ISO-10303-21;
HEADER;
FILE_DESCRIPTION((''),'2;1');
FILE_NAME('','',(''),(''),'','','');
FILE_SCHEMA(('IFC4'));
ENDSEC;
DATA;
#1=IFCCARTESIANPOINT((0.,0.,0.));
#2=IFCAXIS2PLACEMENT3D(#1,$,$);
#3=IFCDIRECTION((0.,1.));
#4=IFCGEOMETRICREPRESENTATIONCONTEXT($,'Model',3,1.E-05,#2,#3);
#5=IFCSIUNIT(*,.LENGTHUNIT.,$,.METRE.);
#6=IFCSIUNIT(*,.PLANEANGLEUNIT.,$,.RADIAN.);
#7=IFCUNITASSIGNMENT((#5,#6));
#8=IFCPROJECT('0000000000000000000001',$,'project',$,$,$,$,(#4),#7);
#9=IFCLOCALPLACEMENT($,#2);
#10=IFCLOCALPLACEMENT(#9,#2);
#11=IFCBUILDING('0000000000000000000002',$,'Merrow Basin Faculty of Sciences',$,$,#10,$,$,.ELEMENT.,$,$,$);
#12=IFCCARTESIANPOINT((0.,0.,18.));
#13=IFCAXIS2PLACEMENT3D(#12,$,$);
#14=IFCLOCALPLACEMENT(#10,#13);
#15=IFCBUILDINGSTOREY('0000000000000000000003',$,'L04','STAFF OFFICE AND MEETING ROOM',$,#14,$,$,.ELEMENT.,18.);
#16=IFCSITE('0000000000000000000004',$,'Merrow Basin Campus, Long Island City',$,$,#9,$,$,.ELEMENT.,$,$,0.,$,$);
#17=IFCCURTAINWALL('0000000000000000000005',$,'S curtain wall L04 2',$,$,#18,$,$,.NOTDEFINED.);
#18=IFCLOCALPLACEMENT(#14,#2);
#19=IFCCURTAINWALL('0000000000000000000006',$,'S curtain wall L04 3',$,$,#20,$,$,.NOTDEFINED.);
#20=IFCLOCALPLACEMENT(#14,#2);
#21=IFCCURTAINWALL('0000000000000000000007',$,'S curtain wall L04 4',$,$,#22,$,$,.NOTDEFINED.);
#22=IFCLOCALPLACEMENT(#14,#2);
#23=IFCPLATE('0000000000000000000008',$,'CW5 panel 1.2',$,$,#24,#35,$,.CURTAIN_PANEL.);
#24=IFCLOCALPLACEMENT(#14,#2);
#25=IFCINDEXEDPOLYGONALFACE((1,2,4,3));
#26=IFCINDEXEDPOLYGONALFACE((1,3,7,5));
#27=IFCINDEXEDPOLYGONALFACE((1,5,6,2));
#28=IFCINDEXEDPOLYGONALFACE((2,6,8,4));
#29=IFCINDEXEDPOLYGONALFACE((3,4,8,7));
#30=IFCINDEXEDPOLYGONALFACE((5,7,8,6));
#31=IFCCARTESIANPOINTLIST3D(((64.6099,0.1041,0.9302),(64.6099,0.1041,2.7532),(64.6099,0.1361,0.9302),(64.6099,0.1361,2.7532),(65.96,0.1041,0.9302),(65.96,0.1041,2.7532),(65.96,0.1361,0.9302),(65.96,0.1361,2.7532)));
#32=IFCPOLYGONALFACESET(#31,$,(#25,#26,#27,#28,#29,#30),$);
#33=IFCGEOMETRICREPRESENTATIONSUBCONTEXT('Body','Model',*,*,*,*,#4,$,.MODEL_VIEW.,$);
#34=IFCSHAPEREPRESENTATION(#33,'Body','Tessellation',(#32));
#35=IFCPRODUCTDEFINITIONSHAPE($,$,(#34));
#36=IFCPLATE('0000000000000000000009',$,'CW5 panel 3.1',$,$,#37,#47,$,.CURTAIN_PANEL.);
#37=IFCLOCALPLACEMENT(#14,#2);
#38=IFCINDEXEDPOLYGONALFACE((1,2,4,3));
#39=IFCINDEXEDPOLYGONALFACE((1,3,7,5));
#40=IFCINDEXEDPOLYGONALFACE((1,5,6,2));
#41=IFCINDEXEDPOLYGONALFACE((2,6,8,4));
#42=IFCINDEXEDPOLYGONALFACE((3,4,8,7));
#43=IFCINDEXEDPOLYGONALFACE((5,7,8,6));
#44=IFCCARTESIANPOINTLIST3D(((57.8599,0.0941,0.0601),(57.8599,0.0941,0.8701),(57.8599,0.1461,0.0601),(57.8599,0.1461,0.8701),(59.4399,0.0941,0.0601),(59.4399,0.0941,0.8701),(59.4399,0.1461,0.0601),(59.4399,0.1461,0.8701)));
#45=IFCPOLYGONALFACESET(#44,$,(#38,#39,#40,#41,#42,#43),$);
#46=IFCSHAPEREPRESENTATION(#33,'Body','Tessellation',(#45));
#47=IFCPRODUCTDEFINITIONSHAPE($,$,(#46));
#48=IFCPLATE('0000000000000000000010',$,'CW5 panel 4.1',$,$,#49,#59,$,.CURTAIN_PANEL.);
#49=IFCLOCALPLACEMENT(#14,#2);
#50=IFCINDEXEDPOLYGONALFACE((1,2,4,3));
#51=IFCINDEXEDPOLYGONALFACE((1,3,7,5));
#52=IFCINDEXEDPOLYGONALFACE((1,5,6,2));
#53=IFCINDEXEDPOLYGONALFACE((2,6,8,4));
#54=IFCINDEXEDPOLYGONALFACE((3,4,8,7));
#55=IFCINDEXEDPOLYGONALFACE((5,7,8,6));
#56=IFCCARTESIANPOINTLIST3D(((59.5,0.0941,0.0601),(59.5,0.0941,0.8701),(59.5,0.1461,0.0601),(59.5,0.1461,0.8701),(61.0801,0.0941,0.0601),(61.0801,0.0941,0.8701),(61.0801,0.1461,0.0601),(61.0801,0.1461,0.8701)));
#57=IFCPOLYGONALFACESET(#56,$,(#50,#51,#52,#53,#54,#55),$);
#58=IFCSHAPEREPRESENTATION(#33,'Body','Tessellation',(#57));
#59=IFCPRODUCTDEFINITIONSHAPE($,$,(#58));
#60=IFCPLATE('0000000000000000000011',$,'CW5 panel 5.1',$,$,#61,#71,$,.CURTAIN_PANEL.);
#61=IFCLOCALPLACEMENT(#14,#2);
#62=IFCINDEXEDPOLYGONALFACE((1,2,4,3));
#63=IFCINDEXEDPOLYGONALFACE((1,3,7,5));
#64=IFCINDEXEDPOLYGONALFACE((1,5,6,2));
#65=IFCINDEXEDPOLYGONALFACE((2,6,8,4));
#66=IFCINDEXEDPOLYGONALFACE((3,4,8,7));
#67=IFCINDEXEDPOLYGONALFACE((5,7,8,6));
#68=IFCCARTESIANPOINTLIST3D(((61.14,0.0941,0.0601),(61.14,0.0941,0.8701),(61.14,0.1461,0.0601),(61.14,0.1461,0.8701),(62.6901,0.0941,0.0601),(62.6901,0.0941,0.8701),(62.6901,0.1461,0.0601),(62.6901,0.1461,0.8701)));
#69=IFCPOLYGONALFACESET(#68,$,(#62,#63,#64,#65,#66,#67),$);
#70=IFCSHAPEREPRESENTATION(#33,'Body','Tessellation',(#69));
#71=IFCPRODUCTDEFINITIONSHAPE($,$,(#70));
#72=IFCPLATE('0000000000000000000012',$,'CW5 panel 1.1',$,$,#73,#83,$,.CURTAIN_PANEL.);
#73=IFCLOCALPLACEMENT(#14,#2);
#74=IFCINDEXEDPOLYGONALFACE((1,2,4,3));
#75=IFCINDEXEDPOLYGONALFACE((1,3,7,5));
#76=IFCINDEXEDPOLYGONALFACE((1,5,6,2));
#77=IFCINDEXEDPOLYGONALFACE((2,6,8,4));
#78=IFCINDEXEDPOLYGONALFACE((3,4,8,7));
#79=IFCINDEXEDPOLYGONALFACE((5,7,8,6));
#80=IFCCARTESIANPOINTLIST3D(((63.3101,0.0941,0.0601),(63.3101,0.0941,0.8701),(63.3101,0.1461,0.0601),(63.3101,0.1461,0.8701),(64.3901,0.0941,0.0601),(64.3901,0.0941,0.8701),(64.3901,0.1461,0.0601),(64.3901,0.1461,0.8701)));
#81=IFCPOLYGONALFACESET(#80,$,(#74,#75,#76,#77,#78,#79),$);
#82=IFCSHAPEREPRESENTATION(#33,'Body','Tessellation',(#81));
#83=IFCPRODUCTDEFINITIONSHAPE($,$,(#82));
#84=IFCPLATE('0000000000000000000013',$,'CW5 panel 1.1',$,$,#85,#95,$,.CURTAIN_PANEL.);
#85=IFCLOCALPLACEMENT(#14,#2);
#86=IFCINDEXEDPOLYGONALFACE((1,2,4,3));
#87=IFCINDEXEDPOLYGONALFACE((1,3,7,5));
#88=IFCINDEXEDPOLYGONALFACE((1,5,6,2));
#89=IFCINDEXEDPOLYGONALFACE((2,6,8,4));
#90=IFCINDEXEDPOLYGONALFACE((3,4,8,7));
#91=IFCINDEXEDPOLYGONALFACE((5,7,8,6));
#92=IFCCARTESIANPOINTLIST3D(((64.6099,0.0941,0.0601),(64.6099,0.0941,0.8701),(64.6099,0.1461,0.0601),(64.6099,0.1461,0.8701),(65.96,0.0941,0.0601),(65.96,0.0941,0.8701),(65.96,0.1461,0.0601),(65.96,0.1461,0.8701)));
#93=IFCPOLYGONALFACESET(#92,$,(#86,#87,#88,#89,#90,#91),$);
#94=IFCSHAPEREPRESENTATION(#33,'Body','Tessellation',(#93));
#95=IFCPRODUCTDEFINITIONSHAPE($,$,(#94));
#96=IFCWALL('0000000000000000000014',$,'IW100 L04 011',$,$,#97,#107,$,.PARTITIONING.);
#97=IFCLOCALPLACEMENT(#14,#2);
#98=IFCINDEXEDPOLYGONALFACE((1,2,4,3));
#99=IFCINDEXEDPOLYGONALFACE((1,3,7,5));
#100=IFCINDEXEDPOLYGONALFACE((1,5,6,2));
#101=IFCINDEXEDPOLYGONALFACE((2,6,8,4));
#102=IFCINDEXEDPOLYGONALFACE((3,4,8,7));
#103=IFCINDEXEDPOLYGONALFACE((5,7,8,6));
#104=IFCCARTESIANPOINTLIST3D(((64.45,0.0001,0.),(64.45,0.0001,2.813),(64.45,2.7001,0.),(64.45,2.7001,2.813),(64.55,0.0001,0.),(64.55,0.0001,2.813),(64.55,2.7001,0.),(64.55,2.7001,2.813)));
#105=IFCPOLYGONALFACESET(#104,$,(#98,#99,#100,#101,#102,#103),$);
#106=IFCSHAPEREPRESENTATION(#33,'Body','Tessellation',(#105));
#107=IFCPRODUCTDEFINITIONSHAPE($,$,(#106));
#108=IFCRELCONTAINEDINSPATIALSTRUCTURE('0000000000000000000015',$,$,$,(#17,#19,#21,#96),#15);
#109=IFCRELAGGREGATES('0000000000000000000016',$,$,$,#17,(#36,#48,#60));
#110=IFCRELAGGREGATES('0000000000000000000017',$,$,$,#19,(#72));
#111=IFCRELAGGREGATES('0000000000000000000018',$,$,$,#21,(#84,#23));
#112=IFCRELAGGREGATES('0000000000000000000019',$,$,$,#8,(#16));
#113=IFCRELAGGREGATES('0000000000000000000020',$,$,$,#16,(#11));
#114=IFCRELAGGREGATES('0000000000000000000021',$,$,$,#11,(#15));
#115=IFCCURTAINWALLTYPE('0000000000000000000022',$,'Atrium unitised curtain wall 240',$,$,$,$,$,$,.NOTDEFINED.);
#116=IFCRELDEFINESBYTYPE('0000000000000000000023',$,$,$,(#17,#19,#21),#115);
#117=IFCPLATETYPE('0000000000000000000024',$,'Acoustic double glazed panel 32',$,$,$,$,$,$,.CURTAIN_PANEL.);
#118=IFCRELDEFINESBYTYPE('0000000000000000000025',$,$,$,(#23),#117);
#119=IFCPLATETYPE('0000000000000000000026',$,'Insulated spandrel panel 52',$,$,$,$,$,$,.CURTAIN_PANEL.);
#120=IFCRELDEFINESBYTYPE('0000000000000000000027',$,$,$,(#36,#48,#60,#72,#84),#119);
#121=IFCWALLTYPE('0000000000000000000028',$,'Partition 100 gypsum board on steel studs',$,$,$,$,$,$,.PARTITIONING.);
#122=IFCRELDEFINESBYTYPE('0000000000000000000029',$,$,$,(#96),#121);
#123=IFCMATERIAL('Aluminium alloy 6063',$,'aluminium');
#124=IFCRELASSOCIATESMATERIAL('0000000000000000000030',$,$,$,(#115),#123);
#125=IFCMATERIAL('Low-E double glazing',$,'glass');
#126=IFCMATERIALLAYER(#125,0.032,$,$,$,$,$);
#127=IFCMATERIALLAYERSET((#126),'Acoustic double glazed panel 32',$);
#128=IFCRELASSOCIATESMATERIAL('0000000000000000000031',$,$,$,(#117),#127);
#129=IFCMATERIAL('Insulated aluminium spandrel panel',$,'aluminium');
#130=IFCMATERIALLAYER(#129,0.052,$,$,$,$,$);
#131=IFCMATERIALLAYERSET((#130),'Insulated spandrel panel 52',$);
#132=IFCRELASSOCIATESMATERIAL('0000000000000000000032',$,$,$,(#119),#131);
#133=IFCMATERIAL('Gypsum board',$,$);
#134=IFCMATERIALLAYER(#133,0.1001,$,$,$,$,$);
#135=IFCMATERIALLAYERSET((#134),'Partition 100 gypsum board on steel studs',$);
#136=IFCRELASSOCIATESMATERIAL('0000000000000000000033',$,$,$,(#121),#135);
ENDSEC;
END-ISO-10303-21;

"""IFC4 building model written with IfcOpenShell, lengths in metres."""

from ifc_helpers import new_model, si_unit, direction, frame, frame_2d, origin, origin_2d, place, context, subcontext, project, spatial, rectangle, extrude, material, layer, layer_set, type_object, element, aggregate, save


model = new_model("IFC4")

# Units and contexts
model_context = context("Model", 3, precision=1e-05, world=origin(), true_north=direction((0.0, 1.0)))
body_context = subcontext(model_context, "Body", "Model", "MODEL_VIEW")
ifc_project = project(units=[si_unit("LENGTHUNIT", "METRE"), si_unit("PLANEANGLEUNIT", "RADIAN")], contexts=[model_context])

# Site, building, storey
site_placement = place(None, origin())
site = spatial("IfcSite", under=ifc_project, at=site_placement, Name="Merrow Basin Campus, Long Island City", CompositionType="ELEMENT", RefElevation=0.0)
building_placement = place(site_placement, origin())
building = spatial("IfcBuilding", under=site, at=building_placement, Name="Merrow Basin Faculty of Sciences", CompositionType="ELEMENT")
storey_placement = place(building_placement, frame((0.0, 0.0, 18.0)))
storey = spatial("IfcBuildingStorey", under=building, at=storey_placement, Name="L04", Description="STAFF OFFICE AND MEETING ROOM", CompositionType="ELEMENT", Elevation=18.0)

# Curtain walls
ifc_material_1 = material(Name="Aluminium alloy 6063", Category="aluminium")
curtain_wall_type = type_object("IfcCurtainWallType", Name="Atrium unitised curtain wall 240", PredefinedType="NOTDEFINED", material=ifc_material_1)
curtain_wall_1_placement = place(storey_placement, origin())
curtain_wall_1 = element("IfcCurtainWall", 1, at=curtain_wall_1_placement, inside=storey, type_object=curtain_wall_type, Name="S curtain wall L04 2", PredefinedType="NOTDEFINED")
curtain_wall_2_placement = place(storey_placement, origin())
curtain_wall_2 = element("IfcCurtainWall", 2, at=curtain_wall_2_placement, inside=storey, type_object=curtain_wall_type, Name="S curtain wall L04 3", PredefinedType="NOTDEFINED")

# Curtain wall
curtain_wall_3_placement = place(storey_placement, origin())
curtain_wall_3 = element("IfcCurtainWall", 3, at=curtain_wall_3_placement, inside=storey, type_object=curtain_wall_type, Name="S curtain wall L04 4", PredefinedType="NOTDEFINED")

# Plates
ifc_material_2 = material(Name="Low-E double glazing", Category="glass")
ifc_layer_1 = layer(ifc_material_2, 0.032)
ifc_layer_set_1 = layer_set([ifc_layer_1], Name="Acoustic double glazed panel 32")
plate_type_1 = type_object("IfcPlateType", Name="Acoustic double glazed panel 32", PredefinedType="CURTAIN_PANEL", material=ifc_layer_set_1)
plate_1_placement = place(storey_placement, frame((65.2849, 0.1201, 0.9302), z_axis=(0.0, 0.0, 1.0), x_axis=(1.0, 0.0, 0.0)))
plate_1 = element("IfcPlate", 4, at=plate_1_placement, type_object=plate_type_1, Name="CW5 panel 1.2", PredefinedType="CURTAIN_PANEL", context=body_context, shape_type="SweptSolid", body=[
    extrude(rectangle(XDim=1.3501, YDim=0.032, at=origin_2d()), origin(), (0.0, 0.0, 1.0), 1.823),
])
ifc_material_3 = material(Name="Insulated aluminium spandrel panel", Category="aluminium")
ifc_layer_2 = layer(ifc_material_3, 0.052)
ifc_layer_set_2 = layer_set([ifc_layer_2], Name="Insulated spandrel panel 52")
plate_type_2 = type_object("IfcPlateType", Name="Insulated spandrel panel 52", PredefinedType="CURTAIN_PANEL", material=ifc_layer_set_2)
plate_2_placement = place(storey_placement, frame((58.6499, 0.1201, 0.0601), z_axis=(0.0, 0.0, 1.0), x_axis=(1.0, 0.0, 0.0)))
plate_2 = element("IfcPlate", 5, at=plate_2_placement, type_object=plate_type_2, Name="CW5 panel 3.1", PredefinedType="CURTAIN_PANEL", context=body_context, shape_type="SweptSolid", body=[
    extrude(rectangle(XDim=1.5801, YDim=0.052, at=origin_2d()), origin(), (0.0, 0.0, 1.0), 0.8101),
])
plate_3_placement = place(storey_placement, frame((60.29, 0.1201, 0.0601), z_axis=(0.0, 0.0, 1.0), x_axis=(1.0, 0.0, 0.0)))
plate_3 = element("IfcPlate", 6, at=plate_3_placement, type_object=plate_type_2, Name="CW5 panel 4.1", PredefinedType="CURTAIN_PANEL", context=body_context, shape_type="SweptSolid", body=[
    extrude(rectangle(XDim=1.5801, YDim=0.052, at=origin_2d()), origin(), (0.0, 0.0, 1.0), 0.8101),
])
plate_4_placement = place(storey_placement, frame((61.915, 0.1201, 0.0601), z_axis=(0.0, 0.0, 1.0), x_axis=(1.0, 0.0, 0.0)))
plate_4 = element("IfcPlate", 7, at=plate_4_placement, type_object=plate_type_2, Name="CW5 panel 5.1", PredefinedType="CURTAIN_PANEL", context=body_context, shape_type="SweptSolid", body=[
    extrude(rectangle(XDim=1.55, YDim=0.052, at=origin_2d()), origin(), (0.0, 0.0, 1.0), 0.8101),
])
aggregate(curtain_wall_1, [plate_2, plate_3, plate_4])
plate_5_placement = place(storey_placement, frame((63.8501, 0.1201, 0.0601), z_axis=(0.0, 0.0, 1.0), x_axis=(1.0, 0.0, 0.0)))
plate_5 = element("IfcPlate", 8, at=plate_5_placement, type_object=plate_type_2, Name="CW5 panel 1.1", PredefinedType="CURTAIN_PANEL", context=body_context, shape_type="SweptSolid", body=[
    extrude(rectangle(XDim=1.0801, YDim=0.052, at=origin_2d()), origin(), (0.0, 0.0, 1.0), 0.8101),
])
aggregate(curtain_wall_2, [plate_5])
plate_6_placement = place(storey_placement, frame((65.2849, 0.1201, 0.0601), z_axis=(0.0, 0.0, 1.0), x_axis=(1.0, 0.0, 0.0)))
plate_6 = element("IfcPlate", 9, at=plate_6_placement, type_object=plate_type_2, Name="CW5 panel 1.1", PredefinedType="CURTAIN_PANEL", context=body_context, shape_type="SweptSolid", body=[
    extrude(rectangle(XDim=1.3501, YDim=0.052, at=origin_2d()), origin(), (0.0, 0.0, 1.0), 0.8101),
])
aggregate(curtain_wall_3, [plate_6, plate_1])

# Wall
ifc_material_4 = material(Name="Gypsum board")
ifc_layer_3 = layer(ifc_material_4, 0.1001)
ifc_layer_set_3 = layer_set([ifc_layer_3], Name="Partition 100 gypsum board on steel studs")
wall_type = type_object("IfcWallType", Name="Partition 100 gypsum board on steel studs", PredefinedType="PARTITIONING", material=ifc_layer_set_3)
wall_placement = place(storey_placement, frame((64.5, 0.0, 0.0), z_axis=(0.0, 0.0, 1.0), x_axis=(0.0, 1.0, 0.0)))
element("IfcWall", 10, at=wall_placement, inside=storey, type_object=wall_type, Name="IW100 L04 011", PredefinedType="PARTITIONING", context=body_context, shape_type="SweptSolid", body=[
    extrude(rectangle(XDim=2.7, YDim=0.1001, at=frame_2d((1.3501, 0.0))), origin(), (0.0, 0.0, 1.0), 2.813),
])

save(model, "model.ifc")
